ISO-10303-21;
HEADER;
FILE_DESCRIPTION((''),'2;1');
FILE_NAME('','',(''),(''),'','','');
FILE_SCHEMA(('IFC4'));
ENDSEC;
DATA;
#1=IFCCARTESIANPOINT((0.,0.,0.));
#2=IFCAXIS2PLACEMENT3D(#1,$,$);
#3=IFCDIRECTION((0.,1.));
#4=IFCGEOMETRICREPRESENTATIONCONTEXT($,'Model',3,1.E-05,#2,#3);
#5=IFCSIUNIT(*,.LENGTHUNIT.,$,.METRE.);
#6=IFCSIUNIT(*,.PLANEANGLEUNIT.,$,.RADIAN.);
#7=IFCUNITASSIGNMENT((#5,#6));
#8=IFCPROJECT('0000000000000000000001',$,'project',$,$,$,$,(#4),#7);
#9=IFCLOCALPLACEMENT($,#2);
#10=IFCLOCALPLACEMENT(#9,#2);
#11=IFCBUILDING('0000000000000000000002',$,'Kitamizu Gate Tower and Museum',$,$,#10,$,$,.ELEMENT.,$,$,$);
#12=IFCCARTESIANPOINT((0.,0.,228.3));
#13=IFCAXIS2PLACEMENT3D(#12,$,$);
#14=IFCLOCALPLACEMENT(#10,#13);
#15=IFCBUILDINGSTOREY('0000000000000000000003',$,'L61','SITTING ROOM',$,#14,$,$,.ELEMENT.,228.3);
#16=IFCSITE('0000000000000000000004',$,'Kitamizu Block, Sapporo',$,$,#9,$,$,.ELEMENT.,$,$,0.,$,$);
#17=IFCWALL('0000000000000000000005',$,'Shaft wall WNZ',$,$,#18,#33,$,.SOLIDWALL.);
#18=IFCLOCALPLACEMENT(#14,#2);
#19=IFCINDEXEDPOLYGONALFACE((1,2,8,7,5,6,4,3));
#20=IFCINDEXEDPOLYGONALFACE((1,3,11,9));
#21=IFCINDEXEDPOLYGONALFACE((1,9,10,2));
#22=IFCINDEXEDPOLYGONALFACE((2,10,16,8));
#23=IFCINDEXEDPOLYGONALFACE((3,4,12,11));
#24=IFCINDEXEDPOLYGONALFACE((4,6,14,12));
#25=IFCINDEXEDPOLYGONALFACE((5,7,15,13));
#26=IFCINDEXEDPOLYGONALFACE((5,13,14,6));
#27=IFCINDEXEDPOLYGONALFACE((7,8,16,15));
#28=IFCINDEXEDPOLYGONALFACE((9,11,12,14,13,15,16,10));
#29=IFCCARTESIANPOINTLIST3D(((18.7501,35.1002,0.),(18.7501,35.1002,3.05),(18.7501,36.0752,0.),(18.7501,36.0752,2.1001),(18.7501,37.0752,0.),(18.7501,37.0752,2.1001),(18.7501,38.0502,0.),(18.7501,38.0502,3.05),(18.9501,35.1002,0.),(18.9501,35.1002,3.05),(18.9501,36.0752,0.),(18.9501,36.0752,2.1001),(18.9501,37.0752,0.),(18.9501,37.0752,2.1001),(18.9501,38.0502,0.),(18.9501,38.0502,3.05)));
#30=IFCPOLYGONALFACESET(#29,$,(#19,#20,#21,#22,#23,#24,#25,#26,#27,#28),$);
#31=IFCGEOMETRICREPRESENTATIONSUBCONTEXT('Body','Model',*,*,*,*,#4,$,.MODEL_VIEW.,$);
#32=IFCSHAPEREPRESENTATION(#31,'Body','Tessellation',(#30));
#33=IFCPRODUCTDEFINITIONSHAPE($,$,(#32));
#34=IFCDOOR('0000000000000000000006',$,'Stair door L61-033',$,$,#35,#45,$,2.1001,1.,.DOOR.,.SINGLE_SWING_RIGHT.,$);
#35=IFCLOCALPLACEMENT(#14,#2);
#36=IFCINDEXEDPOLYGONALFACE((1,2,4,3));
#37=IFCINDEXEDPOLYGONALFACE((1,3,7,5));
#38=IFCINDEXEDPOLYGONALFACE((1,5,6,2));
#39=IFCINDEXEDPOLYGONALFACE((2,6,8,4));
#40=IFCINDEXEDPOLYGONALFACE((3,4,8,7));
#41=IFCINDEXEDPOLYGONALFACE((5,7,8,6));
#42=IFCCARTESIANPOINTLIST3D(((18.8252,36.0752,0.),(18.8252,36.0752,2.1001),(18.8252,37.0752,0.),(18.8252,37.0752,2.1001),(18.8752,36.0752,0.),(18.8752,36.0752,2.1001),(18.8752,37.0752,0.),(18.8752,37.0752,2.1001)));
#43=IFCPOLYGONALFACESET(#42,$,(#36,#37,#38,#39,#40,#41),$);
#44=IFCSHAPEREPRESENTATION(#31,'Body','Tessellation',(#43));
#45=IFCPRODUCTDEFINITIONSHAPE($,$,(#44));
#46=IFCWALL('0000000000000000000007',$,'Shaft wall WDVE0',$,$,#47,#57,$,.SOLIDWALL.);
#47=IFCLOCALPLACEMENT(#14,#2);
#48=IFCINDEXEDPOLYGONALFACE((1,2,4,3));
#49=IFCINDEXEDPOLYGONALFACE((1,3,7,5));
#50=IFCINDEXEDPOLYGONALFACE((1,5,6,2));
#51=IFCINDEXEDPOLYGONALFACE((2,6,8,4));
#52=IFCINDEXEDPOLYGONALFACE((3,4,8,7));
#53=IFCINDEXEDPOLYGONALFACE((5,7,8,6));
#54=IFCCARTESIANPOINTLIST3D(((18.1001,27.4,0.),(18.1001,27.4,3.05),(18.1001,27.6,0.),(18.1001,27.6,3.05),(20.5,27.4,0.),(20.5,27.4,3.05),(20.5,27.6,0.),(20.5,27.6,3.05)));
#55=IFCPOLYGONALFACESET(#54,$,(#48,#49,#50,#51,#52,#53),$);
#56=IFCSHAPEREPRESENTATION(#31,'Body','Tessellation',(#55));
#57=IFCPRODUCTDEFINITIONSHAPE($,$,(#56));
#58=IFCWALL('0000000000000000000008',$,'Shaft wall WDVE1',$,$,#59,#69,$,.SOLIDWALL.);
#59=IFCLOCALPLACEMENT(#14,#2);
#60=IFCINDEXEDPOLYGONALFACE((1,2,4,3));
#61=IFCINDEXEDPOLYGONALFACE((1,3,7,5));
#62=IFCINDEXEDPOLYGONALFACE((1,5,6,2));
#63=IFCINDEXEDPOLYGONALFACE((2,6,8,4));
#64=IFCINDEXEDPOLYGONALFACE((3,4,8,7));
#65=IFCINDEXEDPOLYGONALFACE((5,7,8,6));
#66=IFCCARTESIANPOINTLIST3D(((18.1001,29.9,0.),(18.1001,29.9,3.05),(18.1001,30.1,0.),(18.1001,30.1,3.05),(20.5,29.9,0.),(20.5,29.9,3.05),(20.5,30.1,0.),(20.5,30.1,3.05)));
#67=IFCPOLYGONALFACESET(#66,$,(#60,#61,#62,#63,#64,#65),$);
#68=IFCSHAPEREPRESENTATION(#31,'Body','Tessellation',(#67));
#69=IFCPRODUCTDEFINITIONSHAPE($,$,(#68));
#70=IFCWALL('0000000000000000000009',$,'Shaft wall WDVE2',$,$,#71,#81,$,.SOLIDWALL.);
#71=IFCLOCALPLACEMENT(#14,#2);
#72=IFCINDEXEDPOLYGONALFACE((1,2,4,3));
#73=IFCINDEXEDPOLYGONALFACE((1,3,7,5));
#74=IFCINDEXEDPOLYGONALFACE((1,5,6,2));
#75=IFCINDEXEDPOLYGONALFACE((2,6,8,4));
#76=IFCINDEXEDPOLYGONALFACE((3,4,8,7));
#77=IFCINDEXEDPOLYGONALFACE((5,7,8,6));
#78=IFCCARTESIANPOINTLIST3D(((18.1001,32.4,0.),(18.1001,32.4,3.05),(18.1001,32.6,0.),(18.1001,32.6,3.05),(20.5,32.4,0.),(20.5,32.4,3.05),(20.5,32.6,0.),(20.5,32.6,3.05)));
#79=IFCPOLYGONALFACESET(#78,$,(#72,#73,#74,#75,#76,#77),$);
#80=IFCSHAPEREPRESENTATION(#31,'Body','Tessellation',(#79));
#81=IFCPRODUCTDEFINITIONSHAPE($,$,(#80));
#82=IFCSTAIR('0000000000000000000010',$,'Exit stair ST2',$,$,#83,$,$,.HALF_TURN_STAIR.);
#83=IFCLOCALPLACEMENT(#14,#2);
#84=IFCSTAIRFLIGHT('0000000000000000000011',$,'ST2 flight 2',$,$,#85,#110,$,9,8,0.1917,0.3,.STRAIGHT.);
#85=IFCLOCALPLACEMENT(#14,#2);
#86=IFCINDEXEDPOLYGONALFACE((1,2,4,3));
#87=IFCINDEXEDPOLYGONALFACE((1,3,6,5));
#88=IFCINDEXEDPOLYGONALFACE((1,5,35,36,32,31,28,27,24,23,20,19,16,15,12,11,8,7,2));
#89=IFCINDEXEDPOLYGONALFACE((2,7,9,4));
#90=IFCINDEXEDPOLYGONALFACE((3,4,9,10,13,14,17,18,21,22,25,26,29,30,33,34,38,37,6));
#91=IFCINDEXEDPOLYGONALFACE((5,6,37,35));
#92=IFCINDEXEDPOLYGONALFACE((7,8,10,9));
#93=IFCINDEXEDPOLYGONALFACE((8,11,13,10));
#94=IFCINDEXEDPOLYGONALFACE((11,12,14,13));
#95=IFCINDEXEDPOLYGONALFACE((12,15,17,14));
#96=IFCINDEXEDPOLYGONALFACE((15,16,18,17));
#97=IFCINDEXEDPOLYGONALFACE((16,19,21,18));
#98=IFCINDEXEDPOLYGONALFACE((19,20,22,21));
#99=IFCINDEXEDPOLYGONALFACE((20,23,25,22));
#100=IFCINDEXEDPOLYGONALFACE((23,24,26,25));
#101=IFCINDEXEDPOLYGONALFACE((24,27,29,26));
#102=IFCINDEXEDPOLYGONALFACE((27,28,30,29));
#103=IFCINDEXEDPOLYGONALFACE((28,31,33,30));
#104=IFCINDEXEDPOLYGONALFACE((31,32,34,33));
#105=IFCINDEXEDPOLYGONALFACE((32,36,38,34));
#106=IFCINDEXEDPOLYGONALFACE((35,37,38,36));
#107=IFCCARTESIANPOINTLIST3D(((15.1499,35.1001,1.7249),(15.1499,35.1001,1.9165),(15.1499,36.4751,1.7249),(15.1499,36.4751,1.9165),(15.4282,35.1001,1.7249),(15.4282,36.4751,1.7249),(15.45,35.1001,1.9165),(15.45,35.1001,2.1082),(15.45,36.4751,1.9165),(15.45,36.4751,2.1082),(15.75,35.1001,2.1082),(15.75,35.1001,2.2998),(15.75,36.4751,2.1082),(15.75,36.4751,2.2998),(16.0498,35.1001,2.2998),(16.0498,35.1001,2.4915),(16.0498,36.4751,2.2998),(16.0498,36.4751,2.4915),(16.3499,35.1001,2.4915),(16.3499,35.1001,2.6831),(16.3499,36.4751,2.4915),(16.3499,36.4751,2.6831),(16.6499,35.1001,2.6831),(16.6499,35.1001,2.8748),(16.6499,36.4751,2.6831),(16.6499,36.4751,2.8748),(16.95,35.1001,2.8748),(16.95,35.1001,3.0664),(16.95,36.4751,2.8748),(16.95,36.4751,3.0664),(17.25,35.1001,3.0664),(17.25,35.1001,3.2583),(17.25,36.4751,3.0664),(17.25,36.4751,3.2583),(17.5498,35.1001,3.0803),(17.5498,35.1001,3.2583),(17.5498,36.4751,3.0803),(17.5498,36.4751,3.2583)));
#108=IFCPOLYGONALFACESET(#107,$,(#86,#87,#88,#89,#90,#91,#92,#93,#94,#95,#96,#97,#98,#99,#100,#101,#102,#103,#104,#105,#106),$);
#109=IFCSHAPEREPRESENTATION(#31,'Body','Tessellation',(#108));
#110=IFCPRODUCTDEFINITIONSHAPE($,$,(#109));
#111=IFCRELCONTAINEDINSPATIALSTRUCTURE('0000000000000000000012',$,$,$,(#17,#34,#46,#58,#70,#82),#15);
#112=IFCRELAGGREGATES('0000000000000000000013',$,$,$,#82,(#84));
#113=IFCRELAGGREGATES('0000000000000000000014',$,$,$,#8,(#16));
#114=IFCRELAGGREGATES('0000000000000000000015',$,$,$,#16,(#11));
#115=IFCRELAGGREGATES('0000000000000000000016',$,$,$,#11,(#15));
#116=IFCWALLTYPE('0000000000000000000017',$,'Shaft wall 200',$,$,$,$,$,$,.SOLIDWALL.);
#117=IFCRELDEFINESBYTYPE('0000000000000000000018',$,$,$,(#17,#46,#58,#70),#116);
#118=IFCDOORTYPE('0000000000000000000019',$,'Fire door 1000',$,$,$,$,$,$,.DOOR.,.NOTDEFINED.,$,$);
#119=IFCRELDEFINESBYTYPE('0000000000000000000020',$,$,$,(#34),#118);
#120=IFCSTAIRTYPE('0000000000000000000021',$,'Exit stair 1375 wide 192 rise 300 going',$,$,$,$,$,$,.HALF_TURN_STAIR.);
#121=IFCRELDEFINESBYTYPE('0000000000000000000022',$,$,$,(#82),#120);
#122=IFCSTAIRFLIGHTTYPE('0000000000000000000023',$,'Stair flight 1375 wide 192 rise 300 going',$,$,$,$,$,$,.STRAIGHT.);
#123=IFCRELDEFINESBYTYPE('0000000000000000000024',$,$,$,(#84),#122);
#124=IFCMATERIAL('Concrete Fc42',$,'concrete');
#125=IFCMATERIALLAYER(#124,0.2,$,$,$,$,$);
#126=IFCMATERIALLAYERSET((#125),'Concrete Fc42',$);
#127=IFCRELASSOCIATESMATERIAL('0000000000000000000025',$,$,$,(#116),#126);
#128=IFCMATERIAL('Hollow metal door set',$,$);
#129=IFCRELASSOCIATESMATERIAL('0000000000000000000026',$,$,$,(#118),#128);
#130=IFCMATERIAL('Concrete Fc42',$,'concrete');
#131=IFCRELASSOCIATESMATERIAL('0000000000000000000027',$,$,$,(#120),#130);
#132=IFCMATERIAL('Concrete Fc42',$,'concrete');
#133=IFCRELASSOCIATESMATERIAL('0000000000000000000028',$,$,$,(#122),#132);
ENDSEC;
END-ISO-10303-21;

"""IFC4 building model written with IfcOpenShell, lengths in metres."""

from ifc_helpers import new_model, si_unit, direction, frame, frame_2d, origin, place, context, subcontext, project, spatial, polyline, rectangle, outline, extrude, material, layer, layer_set, type_object, element, fill, aggregate, save


model = new_model("IFC4")

# Units and contexts
model_context = context("Model", 3, precision=1e-05, world=origin(), true_north=direction((0.0, 1.0)))
body_context = subcontext(model_context, "Body", "Model", "MODEL_VIEW")
ifc_project = project(units=[si_unit("LENGTHUNIT", "METRE"), si_unit("PLANEANGLEUNIT", "RADIAN")], contexts=[model_context])

# Site, building, storey
site_placement = place(None, origin())
site = spatial("IfcSite", under=ifc_project, at=site_placement, Name="Kitamizu Block, Sapporo", CompositionType="ELEMENT", RefElevation=0.0)
building_placement = place(site_placement, origin())
building = spatial("IfcBuilding", under=site, at=building_placement, Name="Kitamizu Gate Tower and Museum", CompositionType="ELEMENT")
storey_placement = place(building_placement, frame((0.0, 0.0, 228.3)))
storey = spatial("IfcBuildingStorey", under=building, at=storey_placement, Name="L61", Description="SITTING ROOM", CompositionType="ELEMENT", Elevation=228.3)

# Shared definitions
ifc_material_1 = material(Name="Concrete Fc42", Category="concrete")
ifc_layer_1 = layer(ifc_material_1, 0.2)
ifc_layer_set_1 = layer_set([ifc_layer_1], Name="Concrete Fc42")
wall_type_1 = type_object("IfcWallType", Name="Shaft wall 200", PredefinedType="SOLIDWALL", material=ifc_layer_set_1)

# Wall, opening, door
wall_1_placement = place(storey_placement, frame((18.8501, 35.1001, 0.0), z_axis=(0.0, 0.0, 1.0), x_axis=(0.0, 1.0, 0.0)))
wall_1 = element("IfcWall", 1, at=wall_1_placement, inside=storey, type_object=wall_type_1, Name="Shaft wall WNZ", PredefinedType="SOLIDWALL", context=body_context, shape_type="SweptSolid", body=[
    extrude(rectangle(XDim=2.95, YDim=0.2, at=frame_2d((1.4751, 0.0))), origin(), (0.0, 0.0, 1.0), 3.05),
])
opening_1_placement = place(wall_1_placement, frame((0.9751, 0.0, 0.0)))
opening_1 = element("IfcOpeningElement", 2, at=opening_1_placement, cuts=wall_1, PredefinedType="OPENING", context=body_context, shape_type="SweptSolid", body=[
    extrude(rectangle(XDim=1.0, YDim=2.1001, at=frame_2d((0.5, 1.05))), frame((0.0, 0.1099, 0.0), z_axis=(0.0, -1.0, 0.0), x_axis=(1.0, 0.0, 0.0)), (0.0, 0.0, 1.0), 0.22),
])
ifc_material_2 = material(Name="Hollow metal door set")
door_type_1 = type_object("IfcDoorType", Name="Fire door 1000", OperationType="NOTDEFINED", PredefinedType="DOOR", material=ifc_material_2)
door_1_placement = place(opening_1_placement, origin())
door_1 = element("IfcDoor", 3, at=door_1_placement, inside=storey, type_object=door_type_1, Name="Stair door L61-033", OperationType="SINGLE_SWING_RIGHT", OverallHeight=2.1001, OverallWidth=1.0, PredefinedType="DOOR", context=body_context, shape_type="SweptSolid", body=[
    extrude(rectangle(XDim=1.0, YDim=2.1001, at=frame_2d((0.5, 1.05))), frame((0.0, 0.0249, 0.0), z_axis=(0.0, -1.0, 0.0), x_axis=(1.0, 0.0, 0.0)), (0.0, 0.0, 1.0), 0.05),
])
fill(opening_1, door_1)

# Walls
for number, where, z_axis, x_axis, name in (
    (4, (18.1001, 27.5, 0.0), (0.0, 0.0, 1.0), (1.0, 0.0, 0.0), "Shaft wall WDVE0"),
    (5, (18.1001, 30.0, 0.0), (0.0, 0.0, 1.0), (1.0, 0.0, 0.0), "Shaft wall WDVE1"),
    (6, (18.1001, 32.5, 0.0), (0.0, 0.0, 1.0), (1.0, 0.0, 0.0), "Shaft wall WDVE2"),
):
    element("IfcWall", number, at=place(storey_placement, frame(where, z_axis=z_axis, x_axis=x_axis)), inside=storey, type_object=wall_type_1, Name=name, PredefinedType="SOLIDWALL", context=body_context, shape_type="SweptSolid", body=[
        extrude(rectangle(XDim=2.3999, YDim=0.2, at=frame_2d((1.2, 0.0))), origin(), (0.0, 0.0, 1.0), 3.05),
    ])

# Stair, stair flight
ifc_material_3 = material(Name="Concrete Fc42", Category="concrete")
stair_type = type_object("IfcStairType", Name="Exit stair 1375 wide 192 rise 300 going", PredefinedType="HALF_TURN_STAIR", material=ifc_material_3)
stair_placement = place(storey_placement, origin())
stair = element("IfcStair", 7, at=stair_placement, inside=storey, type_object=stair_type, Name="Exit stair ST2", PredefinedType="HALF_TURN_STAIR")
ifc_material_4 = material(Name="Concrete Fc42", Category="concrete")
stair_flight_type = type_object("IfcStairFlightType", Name="Stair flight 1375 wide 192 rise 300 going", PredefinedType="STRAIGHT", material=ifc_material_4)
stair_flight_placement = place(storey_placement, frame((15.1499, 35.7876, 1.7249), z_axis=(0.0, 0.0, 1.0), x_axis=(1.0, 0.0, 0.0)))
stair_flight = element("IfcStairFlight", 8, at=stair_flight_placement, type_object=stair_flight_type, Name="ST2 flight 2", NumberOfRisers=9, NumberOfTreads=8, PredefinedType="STRAIGHT", RiserHeight=0.1917, TreadLength=0.3, context=body_context, shape_type="SweptSolid", body=[
    extrude(outline(polyline([(0.0, 0.0), (0.0, 0.1917), (0.3, 0.1917), (0.3, 0.3833), (0.6001, 0.3833), (0.6001, 0.575), (0.8999, 0.575), (0.8999, 0.7666), (1.2, 0.7666), (1.2, 0.9583), (1.5, 0.9583), (1.5, 1.1499), (1.8, 1.1499), (1.8, 1.3416), (2.1001, 1.3416), (2.1001, 1.5334), (2.3999, 1.5334), (2.3999, 1.7251), (2.3999, 1.3555), (0.2783, 0.0), (0.0, 0.0)])), frame((0.0, 0.6875, 0.0), z_axis=(0.0, -1.0, 0.0), x_axis=(1.0, 0.0, 0.0)), (0.0, 0.0, 1.0), 1.375),
])
aggregate(stair, [stair_flight])

save(model, "model.ifc")
